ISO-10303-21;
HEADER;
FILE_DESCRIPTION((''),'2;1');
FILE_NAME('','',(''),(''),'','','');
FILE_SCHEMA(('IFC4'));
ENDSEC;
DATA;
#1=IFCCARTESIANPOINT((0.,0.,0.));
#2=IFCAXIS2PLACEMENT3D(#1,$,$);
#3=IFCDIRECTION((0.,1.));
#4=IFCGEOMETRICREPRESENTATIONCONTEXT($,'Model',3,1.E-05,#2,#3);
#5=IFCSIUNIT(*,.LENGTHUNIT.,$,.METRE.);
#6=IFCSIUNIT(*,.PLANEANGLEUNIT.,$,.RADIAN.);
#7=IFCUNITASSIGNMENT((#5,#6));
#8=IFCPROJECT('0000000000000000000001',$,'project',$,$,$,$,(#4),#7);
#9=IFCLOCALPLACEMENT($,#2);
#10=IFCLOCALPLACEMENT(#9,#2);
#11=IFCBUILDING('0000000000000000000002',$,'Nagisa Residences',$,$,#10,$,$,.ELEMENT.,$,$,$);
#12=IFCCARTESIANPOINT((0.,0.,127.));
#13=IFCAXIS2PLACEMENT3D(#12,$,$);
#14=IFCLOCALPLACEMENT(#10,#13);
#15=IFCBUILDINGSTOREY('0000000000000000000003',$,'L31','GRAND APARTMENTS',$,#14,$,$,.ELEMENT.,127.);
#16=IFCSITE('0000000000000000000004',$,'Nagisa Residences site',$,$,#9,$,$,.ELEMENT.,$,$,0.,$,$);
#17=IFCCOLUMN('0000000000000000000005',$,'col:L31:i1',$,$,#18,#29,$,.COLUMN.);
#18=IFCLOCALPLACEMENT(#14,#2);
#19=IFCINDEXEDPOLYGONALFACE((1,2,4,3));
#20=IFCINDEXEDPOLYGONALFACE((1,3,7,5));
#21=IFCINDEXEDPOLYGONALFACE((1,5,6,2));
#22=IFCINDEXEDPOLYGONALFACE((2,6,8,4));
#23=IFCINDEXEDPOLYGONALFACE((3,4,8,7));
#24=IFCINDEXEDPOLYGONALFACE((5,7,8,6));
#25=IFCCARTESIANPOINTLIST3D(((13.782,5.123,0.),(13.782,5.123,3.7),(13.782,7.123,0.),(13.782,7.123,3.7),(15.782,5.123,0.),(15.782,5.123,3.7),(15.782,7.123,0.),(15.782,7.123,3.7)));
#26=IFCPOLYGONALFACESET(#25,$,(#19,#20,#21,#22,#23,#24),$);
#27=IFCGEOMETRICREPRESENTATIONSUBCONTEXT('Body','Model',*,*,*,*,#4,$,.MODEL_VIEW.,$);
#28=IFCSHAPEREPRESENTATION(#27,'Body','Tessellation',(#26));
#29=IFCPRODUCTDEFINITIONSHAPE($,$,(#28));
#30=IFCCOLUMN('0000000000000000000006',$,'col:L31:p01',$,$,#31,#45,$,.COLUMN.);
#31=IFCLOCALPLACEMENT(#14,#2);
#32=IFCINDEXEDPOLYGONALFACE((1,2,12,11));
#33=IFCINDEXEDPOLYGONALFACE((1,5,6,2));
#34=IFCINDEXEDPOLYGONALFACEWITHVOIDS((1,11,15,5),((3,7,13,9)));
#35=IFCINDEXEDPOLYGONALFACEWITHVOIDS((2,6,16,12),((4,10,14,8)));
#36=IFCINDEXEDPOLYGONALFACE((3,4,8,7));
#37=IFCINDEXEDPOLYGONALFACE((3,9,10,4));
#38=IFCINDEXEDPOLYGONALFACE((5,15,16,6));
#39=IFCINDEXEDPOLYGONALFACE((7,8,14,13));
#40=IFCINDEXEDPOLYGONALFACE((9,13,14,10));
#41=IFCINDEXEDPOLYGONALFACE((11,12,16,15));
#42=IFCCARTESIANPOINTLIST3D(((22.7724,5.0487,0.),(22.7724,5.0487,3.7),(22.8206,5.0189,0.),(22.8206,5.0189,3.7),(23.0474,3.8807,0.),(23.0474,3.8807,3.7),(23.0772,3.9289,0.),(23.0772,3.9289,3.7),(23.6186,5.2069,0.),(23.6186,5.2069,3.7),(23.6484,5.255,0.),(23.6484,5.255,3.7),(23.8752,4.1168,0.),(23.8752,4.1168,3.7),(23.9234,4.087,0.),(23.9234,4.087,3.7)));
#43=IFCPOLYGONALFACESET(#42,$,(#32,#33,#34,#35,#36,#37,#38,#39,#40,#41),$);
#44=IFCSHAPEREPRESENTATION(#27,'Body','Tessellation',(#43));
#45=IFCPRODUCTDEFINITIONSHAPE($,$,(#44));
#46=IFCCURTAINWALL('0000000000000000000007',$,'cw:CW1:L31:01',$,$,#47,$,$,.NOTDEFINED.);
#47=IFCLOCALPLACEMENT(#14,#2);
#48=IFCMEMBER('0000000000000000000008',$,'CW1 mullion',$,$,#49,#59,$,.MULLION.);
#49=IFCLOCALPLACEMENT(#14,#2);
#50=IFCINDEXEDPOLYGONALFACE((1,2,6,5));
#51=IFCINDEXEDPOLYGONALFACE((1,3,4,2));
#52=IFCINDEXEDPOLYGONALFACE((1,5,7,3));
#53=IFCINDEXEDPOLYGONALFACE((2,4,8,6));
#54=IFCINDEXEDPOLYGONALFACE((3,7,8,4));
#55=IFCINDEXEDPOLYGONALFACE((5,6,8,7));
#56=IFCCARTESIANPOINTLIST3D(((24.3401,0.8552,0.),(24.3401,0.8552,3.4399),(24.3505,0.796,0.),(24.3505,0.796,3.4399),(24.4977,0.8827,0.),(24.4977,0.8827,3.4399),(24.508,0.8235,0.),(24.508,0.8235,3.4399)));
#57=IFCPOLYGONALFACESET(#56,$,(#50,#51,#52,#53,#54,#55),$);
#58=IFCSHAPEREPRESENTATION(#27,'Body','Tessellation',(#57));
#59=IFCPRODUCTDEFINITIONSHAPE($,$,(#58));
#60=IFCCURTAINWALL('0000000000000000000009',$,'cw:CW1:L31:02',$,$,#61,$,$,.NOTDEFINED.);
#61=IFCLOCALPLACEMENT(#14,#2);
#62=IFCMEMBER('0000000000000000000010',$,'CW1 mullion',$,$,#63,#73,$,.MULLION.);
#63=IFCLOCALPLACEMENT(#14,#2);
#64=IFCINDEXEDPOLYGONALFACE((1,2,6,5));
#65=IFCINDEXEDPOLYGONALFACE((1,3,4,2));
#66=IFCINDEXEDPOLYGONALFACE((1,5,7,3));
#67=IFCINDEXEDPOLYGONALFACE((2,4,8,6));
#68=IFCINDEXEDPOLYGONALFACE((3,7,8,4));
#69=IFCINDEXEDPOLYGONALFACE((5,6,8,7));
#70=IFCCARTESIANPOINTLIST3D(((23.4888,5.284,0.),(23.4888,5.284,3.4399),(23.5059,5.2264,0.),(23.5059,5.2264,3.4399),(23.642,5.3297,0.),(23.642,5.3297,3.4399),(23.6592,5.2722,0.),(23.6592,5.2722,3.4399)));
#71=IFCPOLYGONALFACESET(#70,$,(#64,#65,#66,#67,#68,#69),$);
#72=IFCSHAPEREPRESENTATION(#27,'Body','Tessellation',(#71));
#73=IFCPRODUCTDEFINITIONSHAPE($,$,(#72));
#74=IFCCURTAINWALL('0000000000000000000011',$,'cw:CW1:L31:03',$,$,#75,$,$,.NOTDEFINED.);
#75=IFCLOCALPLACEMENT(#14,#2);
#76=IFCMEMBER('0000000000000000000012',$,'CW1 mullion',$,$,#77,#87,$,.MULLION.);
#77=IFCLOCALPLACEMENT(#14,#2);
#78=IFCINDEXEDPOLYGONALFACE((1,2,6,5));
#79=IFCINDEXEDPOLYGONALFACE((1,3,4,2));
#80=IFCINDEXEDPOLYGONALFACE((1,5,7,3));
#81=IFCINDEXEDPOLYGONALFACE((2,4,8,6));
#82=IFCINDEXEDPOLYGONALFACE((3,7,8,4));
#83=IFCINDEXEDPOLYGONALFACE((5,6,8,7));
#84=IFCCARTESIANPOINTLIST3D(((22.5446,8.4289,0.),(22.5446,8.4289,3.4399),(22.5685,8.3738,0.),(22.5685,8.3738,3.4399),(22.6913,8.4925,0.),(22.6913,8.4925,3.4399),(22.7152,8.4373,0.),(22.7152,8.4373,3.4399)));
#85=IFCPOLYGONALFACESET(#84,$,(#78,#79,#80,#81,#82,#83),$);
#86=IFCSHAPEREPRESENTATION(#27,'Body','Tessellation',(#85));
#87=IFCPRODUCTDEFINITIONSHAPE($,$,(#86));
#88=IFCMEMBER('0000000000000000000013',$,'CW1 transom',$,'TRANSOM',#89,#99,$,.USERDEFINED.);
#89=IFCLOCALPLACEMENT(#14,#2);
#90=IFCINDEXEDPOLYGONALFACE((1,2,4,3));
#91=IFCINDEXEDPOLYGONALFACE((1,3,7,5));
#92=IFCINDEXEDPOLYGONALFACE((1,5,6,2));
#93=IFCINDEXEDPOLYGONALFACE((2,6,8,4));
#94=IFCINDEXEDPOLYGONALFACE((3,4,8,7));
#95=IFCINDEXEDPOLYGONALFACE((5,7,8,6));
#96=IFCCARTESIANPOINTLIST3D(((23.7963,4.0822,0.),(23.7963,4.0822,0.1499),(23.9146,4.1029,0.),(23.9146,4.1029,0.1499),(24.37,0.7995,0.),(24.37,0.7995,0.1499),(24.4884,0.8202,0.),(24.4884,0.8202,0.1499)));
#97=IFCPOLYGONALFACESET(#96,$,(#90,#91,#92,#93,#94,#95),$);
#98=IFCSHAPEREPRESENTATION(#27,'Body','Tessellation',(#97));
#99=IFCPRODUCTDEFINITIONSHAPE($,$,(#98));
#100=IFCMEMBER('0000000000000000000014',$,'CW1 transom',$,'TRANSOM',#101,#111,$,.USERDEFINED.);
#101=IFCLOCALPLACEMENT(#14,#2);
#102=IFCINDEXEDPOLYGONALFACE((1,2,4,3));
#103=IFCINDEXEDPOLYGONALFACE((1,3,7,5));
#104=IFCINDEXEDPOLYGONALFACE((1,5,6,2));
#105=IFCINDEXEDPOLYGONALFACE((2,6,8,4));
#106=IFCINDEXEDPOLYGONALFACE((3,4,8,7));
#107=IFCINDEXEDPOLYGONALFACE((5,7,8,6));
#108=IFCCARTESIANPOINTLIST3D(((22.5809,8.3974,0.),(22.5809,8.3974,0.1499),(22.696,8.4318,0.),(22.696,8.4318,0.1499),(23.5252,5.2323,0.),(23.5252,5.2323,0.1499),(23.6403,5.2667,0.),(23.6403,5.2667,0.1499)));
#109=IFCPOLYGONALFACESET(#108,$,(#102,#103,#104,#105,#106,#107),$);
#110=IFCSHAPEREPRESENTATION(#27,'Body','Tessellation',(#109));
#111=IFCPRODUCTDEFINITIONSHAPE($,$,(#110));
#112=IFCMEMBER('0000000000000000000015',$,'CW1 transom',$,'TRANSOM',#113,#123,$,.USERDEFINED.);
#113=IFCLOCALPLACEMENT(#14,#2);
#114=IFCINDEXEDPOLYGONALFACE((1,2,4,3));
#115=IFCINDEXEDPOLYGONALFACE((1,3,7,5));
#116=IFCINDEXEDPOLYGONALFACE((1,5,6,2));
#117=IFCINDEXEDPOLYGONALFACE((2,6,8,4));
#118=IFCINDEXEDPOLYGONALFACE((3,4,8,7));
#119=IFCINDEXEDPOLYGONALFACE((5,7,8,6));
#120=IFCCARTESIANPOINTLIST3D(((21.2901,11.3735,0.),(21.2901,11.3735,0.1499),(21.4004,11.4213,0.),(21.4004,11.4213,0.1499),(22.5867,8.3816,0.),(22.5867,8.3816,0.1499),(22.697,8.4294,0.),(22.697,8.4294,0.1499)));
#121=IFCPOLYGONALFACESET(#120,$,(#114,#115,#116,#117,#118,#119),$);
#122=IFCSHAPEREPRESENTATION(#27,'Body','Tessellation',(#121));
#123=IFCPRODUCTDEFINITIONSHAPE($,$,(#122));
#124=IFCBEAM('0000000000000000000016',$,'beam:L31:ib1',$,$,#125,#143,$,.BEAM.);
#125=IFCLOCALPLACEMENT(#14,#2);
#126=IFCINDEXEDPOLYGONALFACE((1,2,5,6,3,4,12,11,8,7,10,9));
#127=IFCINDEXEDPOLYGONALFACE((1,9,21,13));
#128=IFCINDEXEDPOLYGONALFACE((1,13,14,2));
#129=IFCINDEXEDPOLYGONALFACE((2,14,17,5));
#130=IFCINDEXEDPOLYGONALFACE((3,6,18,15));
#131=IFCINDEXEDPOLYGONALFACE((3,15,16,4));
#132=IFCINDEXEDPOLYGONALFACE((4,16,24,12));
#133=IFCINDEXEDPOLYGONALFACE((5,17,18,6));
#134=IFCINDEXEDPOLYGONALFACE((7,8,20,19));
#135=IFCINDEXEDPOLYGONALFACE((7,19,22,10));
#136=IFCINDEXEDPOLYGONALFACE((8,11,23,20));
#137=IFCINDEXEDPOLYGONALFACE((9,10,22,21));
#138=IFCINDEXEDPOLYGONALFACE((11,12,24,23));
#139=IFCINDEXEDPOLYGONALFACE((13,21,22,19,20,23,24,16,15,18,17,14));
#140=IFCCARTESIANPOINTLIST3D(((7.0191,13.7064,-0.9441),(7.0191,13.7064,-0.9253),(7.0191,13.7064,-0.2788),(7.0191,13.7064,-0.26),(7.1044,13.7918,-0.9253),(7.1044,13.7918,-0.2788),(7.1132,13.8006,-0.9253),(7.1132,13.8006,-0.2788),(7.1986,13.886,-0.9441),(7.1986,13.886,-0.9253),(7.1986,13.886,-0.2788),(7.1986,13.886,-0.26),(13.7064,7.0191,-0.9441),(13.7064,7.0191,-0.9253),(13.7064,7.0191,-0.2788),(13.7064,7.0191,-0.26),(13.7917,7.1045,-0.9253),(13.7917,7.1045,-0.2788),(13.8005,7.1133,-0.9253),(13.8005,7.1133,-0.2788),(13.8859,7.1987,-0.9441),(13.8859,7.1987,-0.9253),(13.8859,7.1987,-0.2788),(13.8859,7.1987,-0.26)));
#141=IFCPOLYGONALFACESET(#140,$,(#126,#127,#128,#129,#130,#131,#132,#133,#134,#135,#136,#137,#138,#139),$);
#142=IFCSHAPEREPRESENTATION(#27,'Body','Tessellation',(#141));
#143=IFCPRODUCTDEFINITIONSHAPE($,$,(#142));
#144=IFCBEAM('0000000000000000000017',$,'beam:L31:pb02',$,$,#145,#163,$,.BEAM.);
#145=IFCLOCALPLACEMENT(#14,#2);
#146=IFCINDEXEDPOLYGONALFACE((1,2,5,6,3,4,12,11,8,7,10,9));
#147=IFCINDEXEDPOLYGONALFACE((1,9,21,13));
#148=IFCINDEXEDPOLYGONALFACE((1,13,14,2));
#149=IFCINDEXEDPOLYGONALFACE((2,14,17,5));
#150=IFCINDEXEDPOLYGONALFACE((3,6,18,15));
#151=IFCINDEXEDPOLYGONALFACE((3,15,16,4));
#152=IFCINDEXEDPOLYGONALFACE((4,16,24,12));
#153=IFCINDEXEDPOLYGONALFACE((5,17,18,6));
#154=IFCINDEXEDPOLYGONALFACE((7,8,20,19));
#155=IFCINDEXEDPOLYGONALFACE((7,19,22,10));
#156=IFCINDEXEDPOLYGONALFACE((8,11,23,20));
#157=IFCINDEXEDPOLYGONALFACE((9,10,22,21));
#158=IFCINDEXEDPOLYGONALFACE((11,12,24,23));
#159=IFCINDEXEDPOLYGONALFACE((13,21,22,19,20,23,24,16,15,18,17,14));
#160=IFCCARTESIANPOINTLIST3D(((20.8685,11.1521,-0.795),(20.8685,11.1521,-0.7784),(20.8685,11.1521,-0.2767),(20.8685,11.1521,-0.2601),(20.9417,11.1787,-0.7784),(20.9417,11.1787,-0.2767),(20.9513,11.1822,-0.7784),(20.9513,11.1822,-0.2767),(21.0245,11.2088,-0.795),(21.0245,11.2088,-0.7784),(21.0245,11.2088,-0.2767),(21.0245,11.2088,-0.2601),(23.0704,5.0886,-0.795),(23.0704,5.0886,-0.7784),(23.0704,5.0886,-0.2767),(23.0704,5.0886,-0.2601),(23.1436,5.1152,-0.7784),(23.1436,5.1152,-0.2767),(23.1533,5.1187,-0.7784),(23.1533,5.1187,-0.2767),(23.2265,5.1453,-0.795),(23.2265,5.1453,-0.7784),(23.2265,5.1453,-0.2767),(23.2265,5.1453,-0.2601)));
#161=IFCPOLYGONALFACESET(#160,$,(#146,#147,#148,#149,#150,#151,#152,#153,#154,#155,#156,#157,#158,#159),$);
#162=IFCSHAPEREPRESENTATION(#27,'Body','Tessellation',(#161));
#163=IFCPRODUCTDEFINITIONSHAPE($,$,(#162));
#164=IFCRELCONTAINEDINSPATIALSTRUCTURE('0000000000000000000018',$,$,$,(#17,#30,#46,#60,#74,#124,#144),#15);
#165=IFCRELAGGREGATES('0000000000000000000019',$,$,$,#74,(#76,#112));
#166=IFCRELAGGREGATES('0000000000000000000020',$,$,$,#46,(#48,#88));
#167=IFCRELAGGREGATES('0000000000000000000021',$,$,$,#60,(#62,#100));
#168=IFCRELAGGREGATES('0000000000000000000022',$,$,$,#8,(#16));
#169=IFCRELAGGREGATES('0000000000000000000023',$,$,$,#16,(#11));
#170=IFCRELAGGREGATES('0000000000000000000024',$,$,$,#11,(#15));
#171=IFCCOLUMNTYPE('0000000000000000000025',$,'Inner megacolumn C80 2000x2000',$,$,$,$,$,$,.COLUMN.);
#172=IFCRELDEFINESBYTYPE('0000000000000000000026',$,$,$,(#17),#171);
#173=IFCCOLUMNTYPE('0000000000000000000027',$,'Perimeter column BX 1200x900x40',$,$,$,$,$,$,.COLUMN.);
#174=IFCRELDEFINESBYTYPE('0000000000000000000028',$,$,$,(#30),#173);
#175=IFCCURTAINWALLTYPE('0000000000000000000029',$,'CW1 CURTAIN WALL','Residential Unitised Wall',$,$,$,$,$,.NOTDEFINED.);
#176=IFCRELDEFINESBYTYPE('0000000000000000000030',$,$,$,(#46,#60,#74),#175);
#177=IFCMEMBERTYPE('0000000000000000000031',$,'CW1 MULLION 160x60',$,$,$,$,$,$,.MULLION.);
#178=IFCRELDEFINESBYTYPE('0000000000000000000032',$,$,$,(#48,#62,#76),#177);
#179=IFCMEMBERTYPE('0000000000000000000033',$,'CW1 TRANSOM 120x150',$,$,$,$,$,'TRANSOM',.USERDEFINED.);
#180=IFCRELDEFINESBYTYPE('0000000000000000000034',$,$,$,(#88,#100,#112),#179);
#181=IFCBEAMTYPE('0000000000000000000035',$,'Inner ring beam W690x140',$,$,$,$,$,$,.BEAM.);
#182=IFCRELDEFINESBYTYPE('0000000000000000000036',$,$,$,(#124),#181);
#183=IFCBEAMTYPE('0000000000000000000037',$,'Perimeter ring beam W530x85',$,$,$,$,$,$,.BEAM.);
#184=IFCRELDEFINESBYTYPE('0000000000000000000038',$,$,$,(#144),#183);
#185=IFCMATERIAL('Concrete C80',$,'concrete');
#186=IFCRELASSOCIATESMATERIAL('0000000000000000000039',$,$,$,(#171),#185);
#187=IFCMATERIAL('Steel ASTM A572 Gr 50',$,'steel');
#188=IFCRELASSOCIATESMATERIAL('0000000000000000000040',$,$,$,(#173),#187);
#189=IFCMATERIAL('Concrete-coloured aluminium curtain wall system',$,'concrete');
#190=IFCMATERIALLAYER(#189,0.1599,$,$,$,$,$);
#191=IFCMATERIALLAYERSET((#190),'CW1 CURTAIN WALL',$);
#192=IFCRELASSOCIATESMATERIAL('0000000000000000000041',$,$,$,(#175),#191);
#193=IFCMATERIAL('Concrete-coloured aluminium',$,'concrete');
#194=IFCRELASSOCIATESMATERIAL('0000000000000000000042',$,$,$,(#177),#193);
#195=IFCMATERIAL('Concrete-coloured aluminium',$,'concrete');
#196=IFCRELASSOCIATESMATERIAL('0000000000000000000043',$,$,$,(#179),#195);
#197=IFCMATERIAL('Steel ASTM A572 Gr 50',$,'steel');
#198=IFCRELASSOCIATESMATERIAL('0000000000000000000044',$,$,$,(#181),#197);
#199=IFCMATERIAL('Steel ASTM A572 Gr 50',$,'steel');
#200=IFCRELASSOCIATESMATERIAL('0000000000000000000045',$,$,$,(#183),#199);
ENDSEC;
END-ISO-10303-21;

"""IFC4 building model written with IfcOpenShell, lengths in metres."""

from ifc_helpers import new_model, si_unit, direction, frame, origin, origin_2d, place, context, subcontext, project, spatial, rectangle, hollow_rectangle, i_section, extrude, material, layer, layer_set, material_profile, profile_set, type_object, element, aggregate, save


model = new_model("IFC4")

# Units and contexts
model_context = context("Model", 3, precision=1e-05, world=origin(), true_north=direction((0.0, 1.0)))
body_context = subcontext(model_context, "Body", "Model", "MODEL_VIEW")
ifc_project = project(units=[si_unit("LENGTHUNIT", "METRE"), si_unit("PLANEANGLEUNIT", "RADIAN")], contexts=[model_context])

# Site, building, storey
site_placement = place(None, origin())
site = spatial("IfcSite", under=ifc_project, at=site_placement, Name="Nagisa Residences site", CompositionType="ELEMENT", RefElevation=0.0)
building_placement = place(site_placement, origin())
building = spatial("IfcBuilding", under=site, at=building_placement, Name="Nagisa Residences", CompositionType="ELEMENT")
storey_placement = place(building_placement, frame((0.0, 0.0, 127.0)))
storey = spatial("IfcBuildingStorey", under=building, at=storey_placement, Name="L31", Description="GRAND APARTMENTS", CompositionType="ELEMENT", Elevation=127.0)

# Columns
ifc_material_1 = material(Name="Concrete C80", Category="concrete")
ifc_material_profile_1 = material_profile(ifc_material_1, rectangle(XDim=2.0, YDim=2.0, at=origin_2d()), Name="C80 2000x2000")
ifc_profile_set_1 = profile_set([ifc_material_profile_1], Name="Concrete C80")
column_type_1 = type_object("IfcColumnType", Name="Inner megacolumn C80 2000x2000", PredefinedType="COLUMN", material=ifc_profile_set_1)
column_1_placement = place(storey_placement, frame((14.782, 6.123, 0.0), z_axis=(0.0, 0.0, 1.0), x_axis=(1.0, 0.0, 0.0)))
element("IfcColumn", 1, at=column_1_placement, inside=storey, type_object=column_type_1, Name="col:L31:i1", PredefinedType="COLUMN", context=body_context, shape_type="SweptSolid", body=[
    extrude(rectangle(XDim=2.0, YDim=2.0, at=origin_2d()), origin(), (0.0, 0.0, 1.0), 3.7),
])
ifc_material_2 = material(Name="Steel ASTM A572 Gr 50", Category="steel")
ifc_material_profile_2 = material_profile(ifc_material_2, hollow_rectangle(XDim=1.2, YDim=0.8999, WallThickness=0.04, at=origin_2d()), Name="BX 1200x900x40")
ifc_profile_set_2 = profile_set([ifc_material_profile_2], Name="Steel ASTM A572 Gr 50")
column_type_2 = type_object("IfcColumnType", Name="Perimeter column BX 1200x900x40", PredefinedType="COLUMN", material=ifc_profile_set_2)
column_2_placement = place(storey_placement, frame((23.3479, 4.5679, 0.0), z_axis=(0.0, 0.0, 1.0), x_axis=(-0.229202, 0.973379, 0.0)))
element("IfcColumn", 2, at=column_2_placement, inside=storey, type_object=column_type_2, Name="col:L31:p01", PredefinedType="COLUMN", context=body_context, shape_type="SweptSolid", body=[
    extrude(hollow_rectangle(XDim=1.2, YDim=0.8999, WallThickness=0.04, at=origin_2d()), origin(), (0.0, 0.0, 1.0), 3.7),
])

# Curtain walls, members
ifc_material_3 = material(Name="Concrete-coloured aluminium curtain wall system", Category="concrete")
ifc_layer_1 = layer(ifc_material_3, 0.1599)
ifc_layer_set_1 = layer_set([ifc_layer_1], Name="CW1 CURTAIN WALL")
curtain_wall_type = type_object("IfcCurtainWallType", Name="CW1 CURTAIN WALL", Description="Residential Unitised Wall", PredefinedType="NOTDEFINED", material=ifc_layer_set_1)
curtain_wall_1_placement = place(storey_placement, origin())
curtain_wall_1 = element("IfcCurtainWall", 3, at=curtain_wall_1_placement, inside=storey, type_object=curtain_wall_type, Name="cw:CW1:L31:01", PredefinedType="NOTDEFINED")
ifc_material_4 = material(Name="Concrete-coloured aluminium", Category="concrete")
ifc_material_profile_3 = material_profile(ifc_material_4, rectangle(XDim=0.1599, YDim=0.0601, at=origin_2d()), Name="CW1 MULLION 160x60")
ifc_profile_set_3 = profile_set([ifc_material_profile_3], Name="Concrete-coloured aluminium")
member_type_1 = type_object("IfcMemberType", Name="CW1 MULLION 160x60", PredefinedType="MULLION", material=ifc_profile_set_3)
member_1_placement = place(storey_placement, frame((24.4241, 0.8394, 0.0), z_axis=(0.0, 0.0, 1.0), x_axis=(-0.985064, -0.172191, 0.0)))
member_1 = element("IfcMember", 4, at=member_1_placement, type_object=member_type_1, Name="CW1 mullion", PredefinedType="MULLION", context=body_context, shape_type="SweptSolid", body=[
    extrude(rectangle(XDim=0.1599, YDim=0.0601, at=origin_2d()), origin(), (0.0, 0.0, 1.0), 3.4399),
])
curtain_wall_2_placement = place(storey_placement, origin())
curtain_wall_2 = element("IfcCurtainWall", 5, at=curtain_wall_2_placement, inside=storey, type_object=curtain_wall_type, Name="cw:CW1:L31:02", PredefinedType="NOTDEFINED")
member_2_placement = place(storey_placement, frame((23.574, 5.2781, 0.0), z_axis=(0.0, 0.0, 1.0), x_axis=(-0.958271, -0.28586, 0.0)))
member_2 = element("IfcMember", 6, at=member_2_placement, type_object=member_type_1, Name="CW1 mullion", PredefinedType="MULLION", context=body_context, shape_type="SweptSolid", body=[
    extrude(rectangle(XDim=0.1599, YDim=0.0601, at=origin_2d()), origin(), (0.0, 0.0, 1.0), 3.4399),
])
curtain_wall_3_placement = place(storey_placement, origin())
curtain_wall_3 = element("IfcCurtainWall", 7, at=curtain_wall_3_placement, inside=storey, type_object=curtain_wall_type, Name="cw:CW1:L31:03", PredefinedType="NOTDEFINED")
member_3_placement = place(storey_placement, frame((22.6299, 8.4331, 0.0), z_axis=(0.0, 0.0, 1.0), x_axis=(-0.917543, -0.397636, 0.0)))
member_3 = element("IfcMember", 8, at=member_3_placement, type_object=member_type_1, Name="CW1 mullion", PredefinedType="MULLION", context=body_context, shape_type="SweptSolid", body=[
    extrude(rectangle(XDim=0.1599, YDim=0.0601, at=origin_2d()), origin(), (0.0, 0.0, 1.0), 3.4399),
])

# Members
ifc_material_5 = material(Name="Concrete-coloured aluminium", Category="concrete")
ifc_material_profile_4 = material_profile(ifc_material_5, rectangle(XDim=0.1201, YDim=0.1499, at=origin_2d()), Name="CW1 TRANSOM 120x150")
ifc_profile_set_4 = profile_set([ifc_material_profile_4], Name="Concrete-coloured aluminium")
member_type_2 = type_object("IfcMemberType", Name="CW1 TRANSOM 120x150", ElementType="TRANSOM", PredefinedType="USERDEFINED", material=ifc_profile_set_4)
member_4_placement = place(storey_placement, frame((24.4292, 0.8098, 0.075), z_axis=(-0.172164, 0.985068, 0.0), x_axis=(-0.985068, -0.172164, 0.0)))
member_4 = element("IfcMember", 9, at=member_4_placement, type_object=member_type_2, Name="CW1 transom", ObjectType="TRANSOM", PredefinedType="USERDEFINED", context=body_context, shape_type="SweptSolid", body=[
    extrude(rectangle(XDim=0.1201, YDim=0.1499, at=origin_2d()), origin(), (0.0, 0.0, 1.0), 3.3325),
])
member_5_placement = place(storey_placement, frame((23.5828, 5.2495, 0.075), z_axis=(-0.28591, 0.958257, 0.0), x_axis=(-0.958257, -0.28591, 0.0)))
member_5 = element("IfcMember", 10, at=member_5_placement, type_object=member_type_2, Name="CW1 transom", ObjectType="TRANSOM", PredefinedType="USERDEFINED", context=body_context, shape_type="SweptSolid", body=[
    extrude(rectangle(XDim=0.1201, YDim=0.1499, at=origin_2d()), origin(), (0.0, 0.0, 1.0), 3.303),
])
member_6_placement = place(storey_placement, frame((22.6418, 8.4055, 0.075), z_axis=(-0.397639, 0.917542, 0.0), x_axis=(-0.917542, -0.397639, 0.0)))
member_6 = element("IfcMember", 11, at=member_6_placement, type_object=member_type_2, Name="CW1 transom", ObjectType="TRANSOM", PredefinedType="USERDEFINED", context=body_context, shape_type="SweptSolid", body=[
    extrude(rectangle(XDim=0.1201, YDim=0.1499, at=origin_2d()), origin(), (0.0, 0.0, 1.0), 3.2607),
])
aggregate(curtain_wall_3, [member_3, member_6])

# Beams
ifc_material_6 = material(Name="Steel ASTM A572 Gr 50", Category="steel")
ifc_material_profile_5 = material_profile(ifc_material_6, i_section(OverallWidth=0.2539, OverallDepth=0.6841, WebThickness=0.0125, FlangeThickness=0.0188, at=origin_2d()), Name="W690x140")
ifc_profile_set_5 = profile_set([ifc_material_profile_5], Name="Steel ASTM A572 Gr 50")
beam_type_1 = type_object("IfcBeamType", Name="Inner ring beam W690x140", PredefinedType="BEAM", material=ifc_profile_set_5)
beam_1_placement = place(storey_placement, frame((13.7961, 7.1089, -0.6021), z_axis=(-0.707107, 0.707107, 0.0), x_axis=(-0.707107, -0.707107, 0.0)))
element("IfcBeam", 12, at=beam_1_placement, inside=storey, type_object=beam_type_1, Name="beam:L31:ib1", PredefinedType="BEAM", context=body_context, shape_type="SweptSolid", body=[
    extrude(i_section(OverallWidth=0.2539, OverallDepth=0.6841, WebThickness=0.0125, FlangeThickness=0.0188, at=origin_2d()), origin(), (0.0, 0.0, 1.0), 9.4573),
])
ifc_material_7 = material(Name="Steel ASTM A572 Gr 50", Category="steel")
ifc_material_profile_6 = material_profile(ifc_material_7, i_section(OverallWidth=0.166, OverallDepth=0.5349, WebThickness=0.0103, FlangeThickness=0.0166, at=origin_2d()), Name="W530x85")
ifc_profile_set_6 = profile_set([ifc_material_profile_6], Name="Steel ASTM A572 Gr 50")
beam_type_2 = type_object("IfcBeamType", Name="Perimeter ring beam W530x85", PredefinedType="BEAM", material=ifc_profile_set_6)
beam_2_placement = place(storey_placement, frame((23.1484, 5.1169, -0.5276), z_axis=(-0.341333, 0.939943, 0.0), x_axis=(-0.939943, -0.341333, 0.0)))
element("IfcBeam", 13, at=beam_2_placement, inside=storey, type_object=beam_type_2, Name="beam:L31:pb02", PredefinedType="BEAM", context=body_context, shape_type="SweptSolid", body=[
    extrude(i_section(OverallWidth=0.166, OverallDepth=0.5349, WebThickness=0.0103, FlangeThickness=0.0166, at=origin_2d()), origin(), (0.0, 0.0, 1.0), 6.4509),
])

aggregate(curtain_wall_1, [member_1, member_4])
aggregate(curtain_wall_2, [member_2, member_5])

save(model, "model.ifc")
